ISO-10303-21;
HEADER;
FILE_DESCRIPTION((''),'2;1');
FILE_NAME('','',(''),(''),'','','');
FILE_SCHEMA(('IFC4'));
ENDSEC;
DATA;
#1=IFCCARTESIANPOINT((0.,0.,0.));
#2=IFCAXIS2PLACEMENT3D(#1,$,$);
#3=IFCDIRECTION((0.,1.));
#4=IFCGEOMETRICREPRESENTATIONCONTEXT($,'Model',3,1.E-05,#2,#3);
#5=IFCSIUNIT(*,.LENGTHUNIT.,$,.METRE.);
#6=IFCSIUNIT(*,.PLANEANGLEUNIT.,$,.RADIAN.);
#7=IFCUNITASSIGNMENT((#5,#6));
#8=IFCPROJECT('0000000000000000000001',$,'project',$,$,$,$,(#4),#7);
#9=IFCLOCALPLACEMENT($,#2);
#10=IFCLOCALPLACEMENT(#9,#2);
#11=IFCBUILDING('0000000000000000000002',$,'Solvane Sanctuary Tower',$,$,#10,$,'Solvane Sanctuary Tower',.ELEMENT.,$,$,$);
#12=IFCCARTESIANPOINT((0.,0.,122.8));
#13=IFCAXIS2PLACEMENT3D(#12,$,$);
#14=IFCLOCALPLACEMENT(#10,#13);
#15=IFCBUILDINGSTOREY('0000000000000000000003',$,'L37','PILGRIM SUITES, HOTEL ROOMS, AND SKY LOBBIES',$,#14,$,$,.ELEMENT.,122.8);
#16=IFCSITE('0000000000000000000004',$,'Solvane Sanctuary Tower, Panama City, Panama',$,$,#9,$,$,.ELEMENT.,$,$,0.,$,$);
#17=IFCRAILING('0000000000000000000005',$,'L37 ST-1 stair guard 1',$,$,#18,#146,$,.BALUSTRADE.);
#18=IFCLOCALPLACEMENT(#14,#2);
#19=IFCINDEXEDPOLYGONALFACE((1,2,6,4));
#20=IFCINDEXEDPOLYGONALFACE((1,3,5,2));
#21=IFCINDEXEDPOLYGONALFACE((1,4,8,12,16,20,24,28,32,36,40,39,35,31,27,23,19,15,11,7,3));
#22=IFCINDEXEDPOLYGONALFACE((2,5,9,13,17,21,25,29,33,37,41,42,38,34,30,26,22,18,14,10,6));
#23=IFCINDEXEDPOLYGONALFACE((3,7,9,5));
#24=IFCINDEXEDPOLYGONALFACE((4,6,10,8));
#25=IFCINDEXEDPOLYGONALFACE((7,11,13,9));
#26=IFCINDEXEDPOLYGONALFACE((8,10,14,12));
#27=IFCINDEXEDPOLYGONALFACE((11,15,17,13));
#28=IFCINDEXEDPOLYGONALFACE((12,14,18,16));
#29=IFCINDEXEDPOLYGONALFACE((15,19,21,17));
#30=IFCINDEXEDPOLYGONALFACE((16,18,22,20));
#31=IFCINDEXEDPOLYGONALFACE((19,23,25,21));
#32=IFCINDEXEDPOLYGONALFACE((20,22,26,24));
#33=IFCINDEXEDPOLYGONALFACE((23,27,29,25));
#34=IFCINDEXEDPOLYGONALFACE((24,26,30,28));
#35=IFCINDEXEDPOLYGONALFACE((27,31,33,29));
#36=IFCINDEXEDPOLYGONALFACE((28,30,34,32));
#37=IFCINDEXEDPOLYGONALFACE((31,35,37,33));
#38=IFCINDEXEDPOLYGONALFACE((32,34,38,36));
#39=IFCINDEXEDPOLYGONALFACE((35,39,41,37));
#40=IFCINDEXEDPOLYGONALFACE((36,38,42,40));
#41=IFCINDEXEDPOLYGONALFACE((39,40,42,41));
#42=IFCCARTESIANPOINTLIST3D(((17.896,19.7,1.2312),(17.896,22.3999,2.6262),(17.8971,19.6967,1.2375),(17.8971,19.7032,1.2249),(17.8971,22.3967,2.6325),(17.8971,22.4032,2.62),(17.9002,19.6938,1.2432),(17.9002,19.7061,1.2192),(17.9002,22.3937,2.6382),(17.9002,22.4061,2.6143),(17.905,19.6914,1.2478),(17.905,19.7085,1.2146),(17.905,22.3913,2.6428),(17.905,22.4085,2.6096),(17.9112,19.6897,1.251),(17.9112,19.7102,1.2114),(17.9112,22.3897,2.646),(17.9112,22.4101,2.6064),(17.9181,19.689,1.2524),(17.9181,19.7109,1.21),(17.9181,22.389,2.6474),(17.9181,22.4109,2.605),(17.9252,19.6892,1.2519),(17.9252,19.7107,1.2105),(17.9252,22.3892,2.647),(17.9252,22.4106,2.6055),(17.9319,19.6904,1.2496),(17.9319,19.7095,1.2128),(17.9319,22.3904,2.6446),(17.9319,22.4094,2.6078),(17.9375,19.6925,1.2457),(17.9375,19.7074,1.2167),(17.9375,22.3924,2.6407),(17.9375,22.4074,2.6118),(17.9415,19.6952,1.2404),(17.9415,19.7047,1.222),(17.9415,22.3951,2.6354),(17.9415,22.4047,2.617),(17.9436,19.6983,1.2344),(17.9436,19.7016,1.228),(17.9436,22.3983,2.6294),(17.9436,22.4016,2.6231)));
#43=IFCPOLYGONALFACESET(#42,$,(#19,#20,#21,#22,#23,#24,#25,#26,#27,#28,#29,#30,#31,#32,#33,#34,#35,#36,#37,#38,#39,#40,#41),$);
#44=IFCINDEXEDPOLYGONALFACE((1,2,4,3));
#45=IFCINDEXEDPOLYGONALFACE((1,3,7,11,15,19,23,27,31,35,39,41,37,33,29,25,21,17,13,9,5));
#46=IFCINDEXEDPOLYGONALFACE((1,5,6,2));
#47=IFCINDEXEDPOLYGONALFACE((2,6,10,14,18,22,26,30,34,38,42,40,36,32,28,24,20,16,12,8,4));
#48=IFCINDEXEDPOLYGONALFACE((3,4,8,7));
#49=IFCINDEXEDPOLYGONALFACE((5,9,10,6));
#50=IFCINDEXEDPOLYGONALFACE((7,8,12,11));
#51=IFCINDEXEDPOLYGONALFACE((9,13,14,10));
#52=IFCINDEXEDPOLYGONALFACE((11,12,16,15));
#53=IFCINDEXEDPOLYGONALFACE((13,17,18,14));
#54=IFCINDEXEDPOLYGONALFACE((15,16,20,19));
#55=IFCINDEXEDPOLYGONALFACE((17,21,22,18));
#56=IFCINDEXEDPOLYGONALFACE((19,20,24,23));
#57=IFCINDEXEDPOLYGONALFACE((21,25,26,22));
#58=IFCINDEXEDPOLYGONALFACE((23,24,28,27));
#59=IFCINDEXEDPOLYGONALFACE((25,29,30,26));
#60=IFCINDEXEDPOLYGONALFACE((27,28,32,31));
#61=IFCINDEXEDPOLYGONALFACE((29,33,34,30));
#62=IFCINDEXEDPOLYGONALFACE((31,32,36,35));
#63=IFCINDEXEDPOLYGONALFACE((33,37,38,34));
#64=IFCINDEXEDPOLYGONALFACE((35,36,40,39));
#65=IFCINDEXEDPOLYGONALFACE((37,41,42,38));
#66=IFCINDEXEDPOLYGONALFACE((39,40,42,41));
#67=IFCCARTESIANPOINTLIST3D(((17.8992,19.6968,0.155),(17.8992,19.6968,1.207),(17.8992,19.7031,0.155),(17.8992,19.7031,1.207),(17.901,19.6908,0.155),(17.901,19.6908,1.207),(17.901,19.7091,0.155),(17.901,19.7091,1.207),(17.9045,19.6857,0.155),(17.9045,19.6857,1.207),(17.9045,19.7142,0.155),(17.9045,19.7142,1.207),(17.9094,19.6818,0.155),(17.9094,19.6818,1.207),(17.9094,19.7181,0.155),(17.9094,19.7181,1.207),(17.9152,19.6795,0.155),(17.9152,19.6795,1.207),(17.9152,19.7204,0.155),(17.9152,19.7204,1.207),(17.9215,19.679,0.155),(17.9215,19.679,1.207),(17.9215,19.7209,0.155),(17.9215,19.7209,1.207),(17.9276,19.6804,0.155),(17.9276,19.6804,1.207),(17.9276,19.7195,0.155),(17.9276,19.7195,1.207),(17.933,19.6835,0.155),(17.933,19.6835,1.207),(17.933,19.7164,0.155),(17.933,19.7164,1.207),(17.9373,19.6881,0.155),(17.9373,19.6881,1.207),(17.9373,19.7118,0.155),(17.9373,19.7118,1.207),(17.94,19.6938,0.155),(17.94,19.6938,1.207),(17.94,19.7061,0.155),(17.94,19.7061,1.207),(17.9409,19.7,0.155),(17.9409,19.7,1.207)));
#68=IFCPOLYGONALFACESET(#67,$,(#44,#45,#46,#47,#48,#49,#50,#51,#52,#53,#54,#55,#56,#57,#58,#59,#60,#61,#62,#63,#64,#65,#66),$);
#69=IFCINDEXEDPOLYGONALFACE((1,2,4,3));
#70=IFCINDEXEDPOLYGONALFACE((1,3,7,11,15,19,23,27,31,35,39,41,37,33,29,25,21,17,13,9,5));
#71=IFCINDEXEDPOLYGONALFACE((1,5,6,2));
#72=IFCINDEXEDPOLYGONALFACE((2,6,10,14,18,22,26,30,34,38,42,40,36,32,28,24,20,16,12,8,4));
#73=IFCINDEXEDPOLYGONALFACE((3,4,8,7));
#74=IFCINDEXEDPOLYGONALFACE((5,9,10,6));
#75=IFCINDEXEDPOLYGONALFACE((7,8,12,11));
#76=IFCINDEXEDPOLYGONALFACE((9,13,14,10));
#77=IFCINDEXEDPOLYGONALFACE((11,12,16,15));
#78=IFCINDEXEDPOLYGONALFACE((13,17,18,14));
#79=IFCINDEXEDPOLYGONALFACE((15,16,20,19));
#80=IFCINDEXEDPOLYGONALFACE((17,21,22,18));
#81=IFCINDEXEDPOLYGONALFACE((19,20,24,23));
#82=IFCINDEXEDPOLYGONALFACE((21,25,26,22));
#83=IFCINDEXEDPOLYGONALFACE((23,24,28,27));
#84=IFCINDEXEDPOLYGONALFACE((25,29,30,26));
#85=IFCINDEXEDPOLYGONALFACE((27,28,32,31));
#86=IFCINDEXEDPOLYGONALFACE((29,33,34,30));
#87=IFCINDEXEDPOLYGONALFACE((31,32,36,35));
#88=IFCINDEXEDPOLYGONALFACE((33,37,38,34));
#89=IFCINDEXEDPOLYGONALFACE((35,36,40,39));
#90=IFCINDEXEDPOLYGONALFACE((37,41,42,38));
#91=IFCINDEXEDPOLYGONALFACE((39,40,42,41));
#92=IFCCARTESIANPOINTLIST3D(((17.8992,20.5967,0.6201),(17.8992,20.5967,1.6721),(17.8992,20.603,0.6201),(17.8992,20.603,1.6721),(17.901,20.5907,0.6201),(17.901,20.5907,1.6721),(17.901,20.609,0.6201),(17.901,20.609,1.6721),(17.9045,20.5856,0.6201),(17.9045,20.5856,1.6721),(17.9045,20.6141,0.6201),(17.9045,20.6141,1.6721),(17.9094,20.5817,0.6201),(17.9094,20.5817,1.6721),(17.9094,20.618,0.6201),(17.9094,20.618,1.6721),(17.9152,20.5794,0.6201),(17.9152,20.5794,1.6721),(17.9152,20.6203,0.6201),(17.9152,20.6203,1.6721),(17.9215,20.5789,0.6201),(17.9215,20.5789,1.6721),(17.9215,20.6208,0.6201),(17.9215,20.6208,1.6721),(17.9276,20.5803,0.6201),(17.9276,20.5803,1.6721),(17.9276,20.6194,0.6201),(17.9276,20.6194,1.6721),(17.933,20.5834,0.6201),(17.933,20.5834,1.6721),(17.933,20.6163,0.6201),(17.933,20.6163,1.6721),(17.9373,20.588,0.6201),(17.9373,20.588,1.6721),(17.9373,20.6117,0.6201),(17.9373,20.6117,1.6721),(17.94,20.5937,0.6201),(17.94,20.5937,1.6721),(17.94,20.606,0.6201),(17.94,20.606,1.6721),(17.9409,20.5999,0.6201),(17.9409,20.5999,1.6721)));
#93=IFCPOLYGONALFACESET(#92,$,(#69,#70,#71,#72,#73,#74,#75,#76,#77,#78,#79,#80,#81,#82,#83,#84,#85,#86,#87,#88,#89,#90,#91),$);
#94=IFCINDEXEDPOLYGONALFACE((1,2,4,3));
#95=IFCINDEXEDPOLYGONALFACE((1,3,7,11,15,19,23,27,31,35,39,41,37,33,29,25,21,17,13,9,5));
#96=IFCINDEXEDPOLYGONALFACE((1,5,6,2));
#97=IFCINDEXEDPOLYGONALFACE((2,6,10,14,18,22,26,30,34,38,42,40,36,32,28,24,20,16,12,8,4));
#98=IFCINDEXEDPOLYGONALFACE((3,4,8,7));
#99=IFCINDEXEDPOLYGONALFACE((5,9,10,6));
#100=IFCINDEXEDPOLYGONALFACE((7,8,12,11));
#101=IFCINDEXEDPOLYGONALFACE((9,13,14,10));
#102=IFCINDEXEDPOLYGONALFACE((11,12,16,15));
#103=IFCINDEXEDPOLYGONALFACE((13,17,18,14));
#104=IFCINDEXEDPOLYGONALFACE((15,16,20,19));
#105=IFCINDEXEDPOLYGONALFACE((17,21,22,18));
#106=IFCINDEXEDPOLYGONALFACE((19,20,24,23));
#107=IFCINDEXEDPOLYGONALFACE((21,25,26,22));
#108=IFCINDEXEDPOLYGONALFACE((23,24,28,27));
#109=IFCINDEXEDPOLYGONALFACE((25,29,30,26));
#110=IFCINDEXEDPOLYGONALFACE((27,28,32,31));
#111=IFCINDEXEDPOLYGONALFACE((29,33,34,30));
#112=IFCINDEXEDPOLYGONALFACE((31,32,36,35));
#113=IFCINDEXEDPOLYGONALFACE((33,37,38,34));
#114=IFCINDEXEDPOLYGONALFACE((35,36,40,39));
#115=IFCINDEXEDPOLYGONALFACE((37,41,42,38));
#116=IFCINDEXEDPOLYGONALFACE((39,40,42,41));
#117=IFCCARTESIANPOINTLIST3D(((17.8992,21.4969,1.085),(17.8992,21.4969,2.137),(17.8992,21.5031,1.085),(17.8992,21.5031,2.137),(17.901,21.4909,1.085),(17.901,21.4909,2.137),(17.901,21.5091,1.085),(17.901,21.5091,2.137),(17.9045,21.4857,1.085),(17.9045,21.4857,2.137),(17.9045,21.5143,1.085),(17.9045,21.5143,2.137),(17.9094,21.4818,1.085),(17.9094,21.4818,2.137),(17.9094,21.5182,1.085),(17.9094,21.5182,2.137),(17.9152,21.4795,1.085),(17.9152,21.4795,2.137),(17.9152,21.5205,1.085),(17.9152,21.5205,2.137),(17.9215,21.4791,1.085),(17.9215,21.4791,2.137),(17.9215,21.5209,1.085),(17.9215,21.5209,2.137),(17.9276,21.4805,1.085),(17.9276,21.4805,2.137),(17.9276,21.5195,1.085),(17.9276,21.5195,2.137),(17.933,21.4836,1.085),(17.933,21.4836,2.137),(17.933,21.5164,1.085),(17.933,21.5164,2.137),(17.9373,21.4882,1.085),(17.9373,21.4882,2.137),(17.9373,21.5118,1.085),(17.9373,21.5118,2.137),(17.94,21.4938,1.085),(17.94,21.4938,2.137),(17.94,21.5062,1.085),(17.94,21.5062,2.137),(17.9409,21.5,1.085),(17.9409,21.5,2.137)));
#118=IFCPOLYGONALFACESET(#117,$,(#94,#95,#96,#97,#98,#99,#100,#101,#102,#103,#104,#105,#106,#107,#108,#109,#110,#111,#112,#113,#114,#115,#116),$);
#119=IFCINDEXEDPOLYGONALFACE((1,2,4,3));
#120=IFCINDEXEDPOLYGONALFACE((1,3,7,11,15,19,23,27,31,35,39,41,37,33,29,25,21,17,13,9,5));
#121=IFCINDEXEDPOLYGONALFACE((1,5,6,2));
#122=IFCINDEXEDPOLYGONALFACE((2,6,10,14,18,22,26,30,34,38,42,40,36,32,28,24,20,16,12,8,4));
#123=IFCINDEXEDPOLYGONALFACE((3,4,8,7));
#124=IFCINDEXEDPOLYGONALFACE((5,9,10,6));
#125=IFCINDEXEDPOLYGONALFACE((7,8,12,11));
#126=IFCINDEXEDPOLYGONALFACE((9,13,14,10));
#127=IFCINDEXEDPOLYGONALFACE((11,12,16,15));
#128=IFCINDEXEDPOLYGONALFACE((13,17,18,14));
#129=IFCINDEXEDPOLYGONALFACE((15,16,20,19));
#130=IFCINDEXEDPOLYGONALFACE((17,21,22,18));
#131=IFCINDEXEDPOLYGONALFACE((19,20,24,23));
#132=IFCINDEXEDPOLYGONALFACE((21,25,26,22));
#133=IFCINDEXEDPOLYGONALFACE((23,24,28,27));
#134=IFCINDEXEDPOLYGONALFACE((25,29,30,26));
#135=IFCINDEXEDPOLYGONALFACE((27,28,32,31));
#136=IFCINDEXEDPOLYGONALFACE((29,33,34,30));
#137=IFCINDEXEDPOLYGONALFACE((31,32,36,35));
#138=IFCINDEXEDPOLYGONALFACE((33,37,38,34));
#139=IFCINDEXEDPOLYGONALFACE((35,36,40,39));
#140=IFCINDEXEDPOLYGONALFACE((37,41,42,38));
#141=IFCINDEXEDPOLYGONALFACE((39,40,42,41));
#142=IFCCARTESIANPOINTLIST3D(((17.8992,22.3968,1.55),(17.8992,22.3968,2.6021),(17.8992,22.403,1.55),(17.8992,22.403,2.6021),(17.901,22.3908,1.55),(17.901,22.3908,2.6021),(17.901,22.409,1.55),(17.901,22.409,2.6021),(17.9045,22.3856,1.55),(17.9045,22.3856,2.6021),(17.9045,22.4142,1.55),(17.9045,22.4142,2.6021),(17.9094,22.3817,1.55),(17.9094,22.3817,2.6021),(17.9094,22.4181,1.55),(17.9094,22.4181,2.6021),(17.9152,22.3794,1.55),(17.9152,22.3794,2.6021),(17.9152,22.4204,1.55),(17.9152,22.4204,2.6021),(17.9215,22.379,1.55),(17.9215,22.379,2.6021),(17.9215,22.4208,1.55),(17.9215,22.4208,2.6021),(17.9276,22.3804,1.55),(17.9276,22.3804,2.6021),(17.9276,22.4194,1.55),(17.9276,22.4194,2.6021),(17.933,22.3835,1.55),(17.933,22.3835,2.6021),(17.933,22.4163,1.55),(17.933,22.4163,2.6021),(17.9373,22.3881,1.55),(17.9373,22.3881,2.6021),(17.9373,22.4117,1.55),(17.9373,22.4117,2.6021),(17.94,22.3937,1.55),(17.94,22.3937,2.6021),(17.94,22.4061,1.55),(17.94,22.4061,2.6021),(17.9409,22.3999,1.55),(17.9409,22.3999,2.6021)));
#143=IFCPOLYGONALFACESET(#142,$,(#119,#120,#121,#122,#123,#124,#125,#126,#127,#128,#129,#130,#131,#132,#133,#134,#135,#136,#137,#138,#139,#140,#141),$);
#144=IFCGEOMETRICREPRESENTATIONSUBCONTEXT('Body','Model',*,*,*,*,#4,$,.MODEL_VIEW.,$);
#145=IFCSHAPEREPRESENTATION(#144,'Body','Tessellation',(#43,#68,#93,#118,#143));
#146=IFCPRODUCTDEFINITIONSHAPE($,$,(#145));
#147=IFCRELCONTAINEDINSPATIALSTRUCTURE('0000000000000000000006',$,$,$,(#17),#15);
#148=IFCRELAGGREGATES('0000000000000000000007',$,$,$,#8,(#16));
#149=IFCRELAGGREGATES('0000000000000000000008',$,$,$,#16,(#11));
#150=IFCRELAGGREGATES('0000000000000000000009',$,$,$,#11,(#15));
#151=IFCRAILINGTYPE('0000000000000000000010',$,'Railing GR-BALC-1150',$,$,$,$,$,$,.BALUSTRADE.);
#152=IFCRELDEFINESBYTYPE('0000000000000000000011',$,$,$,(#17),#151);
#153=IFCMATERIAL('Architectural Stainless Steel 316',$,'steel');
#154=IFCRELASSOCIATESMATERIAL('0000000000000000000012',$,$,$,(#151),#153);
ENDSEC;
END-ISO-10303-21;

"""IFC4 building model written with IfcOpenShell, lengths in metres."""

from ifc_helpers import new_model, si_unit, direction, frame, origin, origin_2d, place, context, subcontext, project, spatial, circle, extrude, material, type_object, element, save


model = new_model("IFC4")

# Units and contexts
model_context = context("Model", 3, precision=1e-05, world=origin(), true_north=direction((0.0, 1.0)))
body_context = subcontext(model_context, "Body", "Model", "MODEL_VIEW")
ifc_project = project(units=[si_unit("LENGTHUNIT", "METRE"), si_unit("PLANEANGLEUNIT", "RADIAN")], contexts=[model_context])

# Site, building, storey
site_placement = place(None, origin())
site = spatial("IfcSite", under=ifc_project, at=site_placement, Name="Solvane Sanctuary Tower, Panama City, Panama", CompositionType="ELEMENT", RefElevation=0.0)
building_placement = place(site_placement, origin())
building = spatial("IfcBuilding", under=site, at=building_placement, Name="Solvane Sanctuary Tower", LongName="Solvane Sanctuary Tower", CompositionType="ELEMENT")
storey_placement = place(building_placement, frame((0.0, 0.0, 122.8)))
storey = spatial("IfcBuildingStorey", under=building, at=storey_placement, Name="L37", Description="PILGRIM SUITES, HOTEL ROOMS, AND SKY LOBBIES", CompositionType="ELEMENT", Elevation=122.8)

# Shared definitions
ifc_material_1 = material(Name="Architectural Stainless Steel 316", Category="steel")

# Railing
railing_type_1 = type_object("IfcRailingType", Name="Railing GR-BALC-1150", PredefinedType="BALUSTRADE", material=ifc_material_1)
railing_1_placement = place(storey_placement, frame((17.9199, 19.7, 0.155)))
element("IfcRailing", 1, at=railing_1_placement, inside=storey, type_object=railing_type_1, Name="L37 ST-1 stair guard 1", PredefinedType="BALUSTRADE", context=body_context, shape_type="SweptSolid", body=[
    extrude(circle(Radius=0.0239, at=origin_2d()), frame((0.0, 0.0, 1.0762), z_axis=(0.0, 0.88842, 0.459032), x_axis=(-1.0, 0.0, 0.0)), (0.0, 0.0, 1.0), 3.0391),
    extrude(circle(Radius=0.021, at=origin_2d()), origin(), (0.0, 0.0, 1.0), 1.052),
    extrude(circle(Radius=0.021, at=origin_2d()), frame((0.0, 0.8999, 0.4651)), (0.0, 0.0, 1.0), 1.052),
    extrude(circle(Radius=0.021, at=origin_2d()), frame((0.0, 1.8, 0.9299)), (0.0, 0.0, 1.0), 1.052),
    extrude(circle(Radius=0.021, at=origin_2d()), frame((0.0, 2.7, 1.395)), (0.0, 0.0, 1.0), 1.052),
])

save(model, "model.ifc")
